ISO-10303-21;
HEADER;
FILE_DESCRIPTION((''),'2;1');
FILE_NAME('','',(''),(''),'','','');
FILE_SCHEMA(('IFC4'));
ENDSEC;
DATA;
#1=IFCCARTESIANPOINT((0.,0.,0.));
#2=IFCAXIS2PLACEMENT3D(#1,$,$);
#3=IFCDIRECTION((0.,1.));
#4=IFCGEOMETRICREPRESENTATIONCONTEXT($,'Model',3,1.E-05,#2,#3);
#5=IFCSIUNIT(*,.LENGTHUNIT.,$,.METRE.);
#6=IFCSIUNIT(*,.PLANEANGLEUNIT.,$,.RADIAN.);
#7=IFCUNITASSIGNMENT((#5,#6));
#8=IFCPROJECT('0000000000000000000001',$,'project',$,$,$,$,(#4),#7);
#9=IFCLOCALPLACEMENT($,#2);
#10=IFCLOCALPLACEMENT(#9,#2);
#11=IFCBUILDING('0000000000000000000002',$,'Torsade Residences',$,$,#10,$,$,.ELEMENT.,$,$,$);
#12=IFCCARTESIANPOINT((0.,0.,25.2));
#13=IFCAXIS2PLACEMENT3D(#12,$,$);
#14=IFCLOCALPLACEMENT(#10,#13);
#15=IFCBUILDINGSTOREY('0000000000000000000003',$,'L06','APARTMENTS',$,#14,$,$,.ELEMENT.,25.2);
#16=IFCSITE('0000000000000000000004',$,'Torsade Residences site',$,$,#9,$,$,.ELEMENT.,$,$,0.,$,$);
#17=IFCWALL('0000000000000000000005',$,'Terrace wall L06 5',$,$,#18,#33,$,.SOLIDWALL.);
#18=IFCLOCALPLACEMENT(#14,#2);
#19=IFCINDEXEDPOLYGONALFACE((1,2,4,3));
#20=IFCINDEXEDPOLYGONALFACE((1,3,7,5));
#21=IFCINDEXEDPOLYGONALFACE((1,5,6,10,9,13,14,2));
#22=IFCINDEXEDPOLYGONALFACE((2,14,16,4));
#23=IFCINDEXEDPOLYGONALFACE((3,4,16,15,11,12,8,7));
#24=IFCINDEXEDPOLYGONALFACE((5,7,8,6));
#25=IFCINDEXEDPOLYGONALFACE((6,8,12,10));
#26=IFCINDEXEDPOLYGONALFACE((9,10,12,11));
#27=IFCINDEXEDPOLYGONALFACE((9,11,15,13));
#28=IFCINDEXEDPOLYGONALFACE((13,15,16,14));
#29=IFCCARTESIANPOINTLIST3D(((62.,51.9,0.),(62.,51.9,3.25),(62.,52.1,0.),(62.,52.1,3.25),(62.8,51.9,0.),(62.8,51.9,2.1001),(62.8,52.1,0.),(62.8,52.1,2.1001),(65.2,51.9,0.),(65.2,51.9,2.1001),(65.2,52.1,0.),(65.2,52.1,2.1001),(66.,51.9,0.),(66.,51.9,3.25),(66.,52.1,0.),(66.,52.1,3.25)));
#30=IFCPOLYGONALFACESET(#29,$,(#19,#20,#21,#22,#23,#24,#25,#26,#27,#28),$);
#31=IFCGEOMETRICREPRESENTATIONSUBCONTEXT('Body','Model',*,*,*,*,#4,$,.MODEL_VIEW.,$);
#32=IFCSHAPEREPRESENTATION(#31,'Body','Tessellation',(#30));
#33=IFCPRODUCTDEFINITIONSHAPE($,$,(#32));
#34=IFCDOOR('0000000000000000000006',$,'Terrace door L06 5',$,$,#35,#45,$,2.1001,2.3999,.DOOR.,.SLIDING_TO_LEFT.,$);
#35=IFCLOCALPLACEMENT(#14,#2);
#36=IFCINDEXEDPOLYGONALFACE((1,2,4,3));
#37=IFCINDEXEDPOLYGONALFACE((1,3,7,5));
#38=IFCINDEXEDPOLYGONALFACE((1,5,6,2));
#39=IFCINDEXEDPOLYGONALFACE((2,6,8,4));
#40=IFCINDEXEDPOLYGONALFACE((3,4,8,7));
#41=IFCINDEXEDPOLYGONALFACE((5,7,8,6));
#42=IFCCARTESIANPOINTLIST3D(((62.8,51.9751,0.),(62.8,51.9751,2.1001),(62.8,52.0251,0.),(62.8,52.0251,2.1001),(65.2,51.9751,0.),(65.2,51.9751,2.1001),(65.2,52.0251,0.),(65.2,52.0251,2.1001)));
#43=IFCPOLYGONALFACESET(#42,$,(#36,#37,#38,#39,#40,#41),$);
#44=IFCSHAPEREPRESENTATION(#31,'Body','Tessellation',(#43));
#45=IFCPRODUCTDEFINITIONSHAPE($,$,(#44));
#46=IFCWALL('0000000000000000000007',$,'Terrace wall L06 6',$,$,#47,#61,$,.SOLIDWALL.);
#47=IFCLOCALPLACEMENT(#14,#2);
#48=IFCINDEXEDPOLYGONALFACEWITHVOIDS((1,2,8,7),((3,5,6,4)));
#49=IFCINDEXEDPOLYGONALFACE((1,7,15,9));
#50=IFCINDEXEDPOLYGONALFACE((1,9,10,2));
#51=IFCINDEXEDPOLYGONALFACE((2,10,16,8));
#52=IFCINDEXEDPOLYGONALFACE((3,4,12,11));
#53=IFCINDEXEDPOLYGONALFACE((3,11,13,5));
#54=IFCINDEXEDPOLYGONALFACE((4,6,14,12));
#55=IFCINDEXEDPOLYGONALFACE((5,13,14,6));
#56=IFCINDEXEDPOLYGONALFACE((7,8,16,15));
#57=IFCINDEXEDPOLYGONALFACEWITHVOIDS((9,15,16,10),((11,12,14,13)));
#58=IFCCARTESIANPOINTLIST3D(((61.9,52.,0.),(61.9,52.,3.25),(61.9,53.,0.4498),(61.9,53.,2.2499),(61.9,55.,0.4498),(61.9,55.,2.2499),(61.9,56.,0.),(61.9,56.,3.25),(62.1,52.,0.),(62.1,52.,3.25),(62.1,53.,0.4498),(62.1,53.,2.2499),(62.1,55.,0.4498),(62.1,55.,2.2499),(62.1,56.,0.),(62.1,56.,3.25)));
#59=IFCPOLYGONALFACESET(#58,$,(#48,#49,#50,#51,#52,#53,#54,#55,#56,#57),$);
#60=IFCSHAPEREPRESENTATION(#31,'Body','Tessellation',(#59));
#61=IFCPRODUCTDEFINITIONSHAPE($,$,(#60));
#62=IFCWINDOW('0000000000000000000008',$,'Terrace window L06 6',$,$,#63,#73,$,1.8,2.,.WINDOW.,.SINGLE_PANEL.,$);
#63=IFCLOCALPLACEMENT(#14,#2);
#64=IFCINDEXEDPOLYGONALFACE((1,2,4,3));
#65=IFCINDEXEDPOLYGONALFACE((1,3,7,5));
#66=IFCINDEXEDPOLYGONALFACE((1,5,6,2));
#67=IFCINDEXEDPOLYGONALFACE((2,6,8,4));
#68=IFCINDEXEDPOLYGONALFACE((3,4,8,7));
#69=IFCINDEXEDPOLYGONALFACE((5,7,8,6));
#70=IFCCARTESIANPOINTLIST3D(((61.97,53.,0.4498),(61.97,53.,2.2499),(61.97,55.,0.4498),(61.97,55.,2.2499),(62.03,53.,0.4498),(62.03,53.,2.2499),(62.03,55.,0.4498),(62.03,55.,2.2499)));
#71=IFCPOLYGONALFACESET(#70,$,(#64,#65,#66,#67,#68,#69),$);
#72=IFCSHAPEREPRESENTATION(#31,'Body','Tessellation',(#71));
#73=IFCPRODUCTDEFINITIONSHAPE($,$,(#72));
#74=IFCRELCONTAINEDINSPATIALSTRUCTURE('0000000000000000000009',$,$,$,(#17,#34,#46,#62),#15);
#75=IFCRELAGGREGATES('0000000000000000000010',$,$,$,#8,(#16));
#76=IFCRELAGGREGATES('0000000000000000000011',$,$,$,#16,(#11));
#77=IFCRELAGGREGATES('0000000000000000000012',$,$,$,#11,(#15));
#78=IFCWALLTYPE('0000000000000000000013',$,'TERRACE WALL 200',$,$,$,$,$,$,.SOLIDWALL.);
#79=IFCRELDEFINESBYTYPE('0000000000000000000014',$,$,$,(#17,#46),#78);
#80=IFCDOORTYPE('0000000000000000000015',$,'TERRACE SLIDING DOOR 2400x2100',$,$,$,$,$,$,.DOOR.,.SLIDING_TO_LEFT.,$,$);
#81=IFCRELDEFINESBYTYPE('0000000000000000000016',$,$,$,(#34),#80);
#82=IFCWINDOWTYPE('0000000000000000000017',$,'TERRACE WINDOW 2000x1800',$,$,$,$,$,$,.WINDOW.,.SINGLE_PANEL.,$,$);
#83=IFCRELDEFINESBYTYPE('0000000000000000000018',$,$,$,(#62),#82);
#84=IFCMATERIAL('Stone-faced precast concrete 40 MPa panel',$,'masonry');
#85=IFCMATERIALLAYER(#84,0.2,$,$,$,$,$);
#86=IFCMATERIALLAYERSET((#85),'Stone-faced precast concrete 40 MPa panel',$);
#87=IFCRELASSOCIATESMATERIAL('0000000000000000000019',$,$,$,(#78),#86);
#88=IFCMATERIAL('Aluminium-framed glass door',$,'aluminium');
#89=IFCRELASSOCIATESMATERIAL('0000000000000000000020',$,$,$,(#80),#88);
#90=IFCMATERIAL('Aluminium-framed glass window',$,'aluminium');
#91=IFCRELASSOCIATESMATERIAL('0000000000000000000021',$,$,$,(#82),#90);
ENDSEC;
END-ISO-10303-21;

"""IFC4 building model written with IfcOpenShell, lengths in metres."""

from ifc_helpers import new_model, si_unit, direction, frame, frame_2d, origin, place, context, subcontext, project, spatial, rectangle, extrude, material, layer, layer_set, type_object, element, fill, save


model = new_model("IFC4")

# Units and contexts
model_context = context("Model", 3, precision=1e-05, world=origin(), true_north=direction((0.0, 1.0)))
body_context = subcontext(model_context, "Body", "Model", "MODEL_VIEW")
ifc_project = project(units=[si_unit("LENGTHUNIT", "METRE"), si_unit("PLANEANGLEUNIT", "RADIAN")], contexts=[model_context])

# Site, building, storey
site_placement = place(None, origin())
site = spatial("IfcSite", under=ifc_project, at=site_placement, Name="Torsade Residences site", CompositionType="ELEMENT", RefElevation=0.0)
building_placement = place(site_placement, origin())
building = spatial("IfcBuilding", under=site, at=building_placement, Name="Torsade Residences", CompositionType="ELEMENT")
storey_placement = place(building_placement, frame((0.0, 0.0, 25.2)))
storey = spatial("IfcBuildingStorey", under=building, at=storey_placement, Name="L06", Description="APARTMENTS", CompositionType="ELEMENT", Elevation=25.2)

# Wall, opening, door
ifc_material_1 = material(Name="Stone-faced precast concrete 40 MPa panel", Category="masonry")
ifc_layer_1 = layer(ifc_material_1, 0.2)
ifc_layer_set_1 = layer_set([ifc_layer_1], Name="Stone-faced precast concrete 40 MPa panel")
wall_type = type_object("IfcWallType", Name="TERRACE WALL 200", PredefinedType="SOLIDWALL", material=ifc_layer_set_1)
wall_1_placement = place(storey_placement, frame((66.0, 52.0, 0.0), z_axis=(0.0, 0.0, 1.0), x_axis=(-1.0, 0.0, 0.0)))
wall_1 = element("IfcWall", 1, at=wall_1_placement, inside=storey, type_object=wall_type, Name="Terrace wall L06 5", PredefinedType="SOLIDWALL", context=body_context, shape_type="SweptSolid", body=[
    extrude(rectangle(XDim=4.0, YDim=0.2, at=frame_2d((2.0, 0.0))), origin(), (0.0, 0.0, 1.0), 3.25),
])
opening_1_placement = place(wall_1_placement, frame((0.8, 0.0, 0.0)))
opening_1 = element("IfcOpeningElement", 2, at=opening_1_placement, cuts=wall_1, PredefinedType="OPENING", context=body_context, shape_type="SweptSolid", body=[
    extrude(rectangle(XDim=2.3999, YDim=2.1001, at=frame_2d((1.2, 1.05))), frame((0.0, 0.1099, 0.0), z_axis=(0.0, -1.0, 0.0), x_axis=(1.0, 0.0, 0.0)), (0.0, 0.0, 1.0), 0.22),
])
ifc_material_2 = material(Name="Aluminium-framed glass door", Category="aluminium")
door_type = type_object("IfcDoorType", Name="TERRACE SLIDING DOOR 2400x2100", OperationType="SLIDING_TO_LEFT", PredefinedType="DOOR", material=ifc_material_2)
door_placement = place(opening_1_placement, origin())
door = element("IfcDoor", 3, at=door_placement, inside=storey, type_object=door_type, Name="Terrace door L06 5", OperationType="SLIDING_TO_LEFT", OverallHeight=2.1001, OverallWidth=2.3999, PredefinedType="DOOR", context=body_context, shape_type="SweptSolid", body=[
    extrude(rectangle(XDim=2.3999, YDim=2.1001, at=frame_2d((1.2, 1.05))), frame((0.0, 0.0249, 0.0), z_axis=(0.0, -1.0, 0.0), x_axis=(1.0, 0.0, 0.0)), (0.0, 0.0, 1.0), 0.05),
])
fill(opening_1, door)

# Wall, opening, window
wall_2_placement = place(storey_placement, frame((62.0, 52.0, 0.0), z_axis=(0.0, 0.0, 1.0), x_axis=(0.0, 1.0, 0.0)))
wall_2 = element("IfcWall", 4, at=wall_2_placement, inside=storey, type_object=wall_type, Name="Terrace wall L06 6", PredefinedType="SOLIDWALL", context=body_context, shape_type="SweptSolid", body=[
    extrude(rectangle(XDim=4.0, YDim=0.2, at=frame_2d((2.0, 0.0))), origin(), (0.0, 0.0, 1.0), 3.25),
])
opening_2_placement = place(wall_2_placement, frame((1.0, 0.0, 0.45)))
opening_2 = element("IfcOpeningElement", 5, at=opening_2_placement, cuts=wall_2, PredefinedType="OPENING", context=body_context, shape_type="SweptSolid", body=[
    extrude(rectangle(XDim=2.0, YDim=1.8, at=frame_2d((1.0, 0.8999))), frame((0.0, 0.1099, 0.0), z_axis=(0.0, -1.0, 0.0), x_axis=(1.0, 0.0, 0.0)), (0.0, 0.0, 1.0), 0.22),
])
ifc_material_3 = material(Name="Aluminium-framed glass window", Category="aluminium")
window_type = type_object("IfcWindowType", Name="TERRACE WINDOW 2000x1800", PartitioningType="SINGLE_PANEL", PredefinedType="WINDOW", material=ifc_material_3)
window_placement = place(opening_2_placement, origin())
window = element("IfcWindow", 6, at=window_placement, inside=storey, type_object=window_type, Name="Terrace window L06 6", OverallHeight=1.8, OverallWidth=2.0, PartitioningType="SINGLE_PANEL", PredefinedType="WINDOW", context=body_context, shape_type="SweptSolid", body=[
    extrude(rectangle(XDim=2.0, YDim=1.8, at=frame_2d((1.0, 0.8999))), frame((0.0, 0.03, 0.0), z_axis=(0.0, -1.0, 0.0), x_axis=(1.0, 0.0, 0.0)), (0.0, 0.0, 1.0), 0.0601),
])
fill(opening_2, window)

save(model, "model.ifc")
